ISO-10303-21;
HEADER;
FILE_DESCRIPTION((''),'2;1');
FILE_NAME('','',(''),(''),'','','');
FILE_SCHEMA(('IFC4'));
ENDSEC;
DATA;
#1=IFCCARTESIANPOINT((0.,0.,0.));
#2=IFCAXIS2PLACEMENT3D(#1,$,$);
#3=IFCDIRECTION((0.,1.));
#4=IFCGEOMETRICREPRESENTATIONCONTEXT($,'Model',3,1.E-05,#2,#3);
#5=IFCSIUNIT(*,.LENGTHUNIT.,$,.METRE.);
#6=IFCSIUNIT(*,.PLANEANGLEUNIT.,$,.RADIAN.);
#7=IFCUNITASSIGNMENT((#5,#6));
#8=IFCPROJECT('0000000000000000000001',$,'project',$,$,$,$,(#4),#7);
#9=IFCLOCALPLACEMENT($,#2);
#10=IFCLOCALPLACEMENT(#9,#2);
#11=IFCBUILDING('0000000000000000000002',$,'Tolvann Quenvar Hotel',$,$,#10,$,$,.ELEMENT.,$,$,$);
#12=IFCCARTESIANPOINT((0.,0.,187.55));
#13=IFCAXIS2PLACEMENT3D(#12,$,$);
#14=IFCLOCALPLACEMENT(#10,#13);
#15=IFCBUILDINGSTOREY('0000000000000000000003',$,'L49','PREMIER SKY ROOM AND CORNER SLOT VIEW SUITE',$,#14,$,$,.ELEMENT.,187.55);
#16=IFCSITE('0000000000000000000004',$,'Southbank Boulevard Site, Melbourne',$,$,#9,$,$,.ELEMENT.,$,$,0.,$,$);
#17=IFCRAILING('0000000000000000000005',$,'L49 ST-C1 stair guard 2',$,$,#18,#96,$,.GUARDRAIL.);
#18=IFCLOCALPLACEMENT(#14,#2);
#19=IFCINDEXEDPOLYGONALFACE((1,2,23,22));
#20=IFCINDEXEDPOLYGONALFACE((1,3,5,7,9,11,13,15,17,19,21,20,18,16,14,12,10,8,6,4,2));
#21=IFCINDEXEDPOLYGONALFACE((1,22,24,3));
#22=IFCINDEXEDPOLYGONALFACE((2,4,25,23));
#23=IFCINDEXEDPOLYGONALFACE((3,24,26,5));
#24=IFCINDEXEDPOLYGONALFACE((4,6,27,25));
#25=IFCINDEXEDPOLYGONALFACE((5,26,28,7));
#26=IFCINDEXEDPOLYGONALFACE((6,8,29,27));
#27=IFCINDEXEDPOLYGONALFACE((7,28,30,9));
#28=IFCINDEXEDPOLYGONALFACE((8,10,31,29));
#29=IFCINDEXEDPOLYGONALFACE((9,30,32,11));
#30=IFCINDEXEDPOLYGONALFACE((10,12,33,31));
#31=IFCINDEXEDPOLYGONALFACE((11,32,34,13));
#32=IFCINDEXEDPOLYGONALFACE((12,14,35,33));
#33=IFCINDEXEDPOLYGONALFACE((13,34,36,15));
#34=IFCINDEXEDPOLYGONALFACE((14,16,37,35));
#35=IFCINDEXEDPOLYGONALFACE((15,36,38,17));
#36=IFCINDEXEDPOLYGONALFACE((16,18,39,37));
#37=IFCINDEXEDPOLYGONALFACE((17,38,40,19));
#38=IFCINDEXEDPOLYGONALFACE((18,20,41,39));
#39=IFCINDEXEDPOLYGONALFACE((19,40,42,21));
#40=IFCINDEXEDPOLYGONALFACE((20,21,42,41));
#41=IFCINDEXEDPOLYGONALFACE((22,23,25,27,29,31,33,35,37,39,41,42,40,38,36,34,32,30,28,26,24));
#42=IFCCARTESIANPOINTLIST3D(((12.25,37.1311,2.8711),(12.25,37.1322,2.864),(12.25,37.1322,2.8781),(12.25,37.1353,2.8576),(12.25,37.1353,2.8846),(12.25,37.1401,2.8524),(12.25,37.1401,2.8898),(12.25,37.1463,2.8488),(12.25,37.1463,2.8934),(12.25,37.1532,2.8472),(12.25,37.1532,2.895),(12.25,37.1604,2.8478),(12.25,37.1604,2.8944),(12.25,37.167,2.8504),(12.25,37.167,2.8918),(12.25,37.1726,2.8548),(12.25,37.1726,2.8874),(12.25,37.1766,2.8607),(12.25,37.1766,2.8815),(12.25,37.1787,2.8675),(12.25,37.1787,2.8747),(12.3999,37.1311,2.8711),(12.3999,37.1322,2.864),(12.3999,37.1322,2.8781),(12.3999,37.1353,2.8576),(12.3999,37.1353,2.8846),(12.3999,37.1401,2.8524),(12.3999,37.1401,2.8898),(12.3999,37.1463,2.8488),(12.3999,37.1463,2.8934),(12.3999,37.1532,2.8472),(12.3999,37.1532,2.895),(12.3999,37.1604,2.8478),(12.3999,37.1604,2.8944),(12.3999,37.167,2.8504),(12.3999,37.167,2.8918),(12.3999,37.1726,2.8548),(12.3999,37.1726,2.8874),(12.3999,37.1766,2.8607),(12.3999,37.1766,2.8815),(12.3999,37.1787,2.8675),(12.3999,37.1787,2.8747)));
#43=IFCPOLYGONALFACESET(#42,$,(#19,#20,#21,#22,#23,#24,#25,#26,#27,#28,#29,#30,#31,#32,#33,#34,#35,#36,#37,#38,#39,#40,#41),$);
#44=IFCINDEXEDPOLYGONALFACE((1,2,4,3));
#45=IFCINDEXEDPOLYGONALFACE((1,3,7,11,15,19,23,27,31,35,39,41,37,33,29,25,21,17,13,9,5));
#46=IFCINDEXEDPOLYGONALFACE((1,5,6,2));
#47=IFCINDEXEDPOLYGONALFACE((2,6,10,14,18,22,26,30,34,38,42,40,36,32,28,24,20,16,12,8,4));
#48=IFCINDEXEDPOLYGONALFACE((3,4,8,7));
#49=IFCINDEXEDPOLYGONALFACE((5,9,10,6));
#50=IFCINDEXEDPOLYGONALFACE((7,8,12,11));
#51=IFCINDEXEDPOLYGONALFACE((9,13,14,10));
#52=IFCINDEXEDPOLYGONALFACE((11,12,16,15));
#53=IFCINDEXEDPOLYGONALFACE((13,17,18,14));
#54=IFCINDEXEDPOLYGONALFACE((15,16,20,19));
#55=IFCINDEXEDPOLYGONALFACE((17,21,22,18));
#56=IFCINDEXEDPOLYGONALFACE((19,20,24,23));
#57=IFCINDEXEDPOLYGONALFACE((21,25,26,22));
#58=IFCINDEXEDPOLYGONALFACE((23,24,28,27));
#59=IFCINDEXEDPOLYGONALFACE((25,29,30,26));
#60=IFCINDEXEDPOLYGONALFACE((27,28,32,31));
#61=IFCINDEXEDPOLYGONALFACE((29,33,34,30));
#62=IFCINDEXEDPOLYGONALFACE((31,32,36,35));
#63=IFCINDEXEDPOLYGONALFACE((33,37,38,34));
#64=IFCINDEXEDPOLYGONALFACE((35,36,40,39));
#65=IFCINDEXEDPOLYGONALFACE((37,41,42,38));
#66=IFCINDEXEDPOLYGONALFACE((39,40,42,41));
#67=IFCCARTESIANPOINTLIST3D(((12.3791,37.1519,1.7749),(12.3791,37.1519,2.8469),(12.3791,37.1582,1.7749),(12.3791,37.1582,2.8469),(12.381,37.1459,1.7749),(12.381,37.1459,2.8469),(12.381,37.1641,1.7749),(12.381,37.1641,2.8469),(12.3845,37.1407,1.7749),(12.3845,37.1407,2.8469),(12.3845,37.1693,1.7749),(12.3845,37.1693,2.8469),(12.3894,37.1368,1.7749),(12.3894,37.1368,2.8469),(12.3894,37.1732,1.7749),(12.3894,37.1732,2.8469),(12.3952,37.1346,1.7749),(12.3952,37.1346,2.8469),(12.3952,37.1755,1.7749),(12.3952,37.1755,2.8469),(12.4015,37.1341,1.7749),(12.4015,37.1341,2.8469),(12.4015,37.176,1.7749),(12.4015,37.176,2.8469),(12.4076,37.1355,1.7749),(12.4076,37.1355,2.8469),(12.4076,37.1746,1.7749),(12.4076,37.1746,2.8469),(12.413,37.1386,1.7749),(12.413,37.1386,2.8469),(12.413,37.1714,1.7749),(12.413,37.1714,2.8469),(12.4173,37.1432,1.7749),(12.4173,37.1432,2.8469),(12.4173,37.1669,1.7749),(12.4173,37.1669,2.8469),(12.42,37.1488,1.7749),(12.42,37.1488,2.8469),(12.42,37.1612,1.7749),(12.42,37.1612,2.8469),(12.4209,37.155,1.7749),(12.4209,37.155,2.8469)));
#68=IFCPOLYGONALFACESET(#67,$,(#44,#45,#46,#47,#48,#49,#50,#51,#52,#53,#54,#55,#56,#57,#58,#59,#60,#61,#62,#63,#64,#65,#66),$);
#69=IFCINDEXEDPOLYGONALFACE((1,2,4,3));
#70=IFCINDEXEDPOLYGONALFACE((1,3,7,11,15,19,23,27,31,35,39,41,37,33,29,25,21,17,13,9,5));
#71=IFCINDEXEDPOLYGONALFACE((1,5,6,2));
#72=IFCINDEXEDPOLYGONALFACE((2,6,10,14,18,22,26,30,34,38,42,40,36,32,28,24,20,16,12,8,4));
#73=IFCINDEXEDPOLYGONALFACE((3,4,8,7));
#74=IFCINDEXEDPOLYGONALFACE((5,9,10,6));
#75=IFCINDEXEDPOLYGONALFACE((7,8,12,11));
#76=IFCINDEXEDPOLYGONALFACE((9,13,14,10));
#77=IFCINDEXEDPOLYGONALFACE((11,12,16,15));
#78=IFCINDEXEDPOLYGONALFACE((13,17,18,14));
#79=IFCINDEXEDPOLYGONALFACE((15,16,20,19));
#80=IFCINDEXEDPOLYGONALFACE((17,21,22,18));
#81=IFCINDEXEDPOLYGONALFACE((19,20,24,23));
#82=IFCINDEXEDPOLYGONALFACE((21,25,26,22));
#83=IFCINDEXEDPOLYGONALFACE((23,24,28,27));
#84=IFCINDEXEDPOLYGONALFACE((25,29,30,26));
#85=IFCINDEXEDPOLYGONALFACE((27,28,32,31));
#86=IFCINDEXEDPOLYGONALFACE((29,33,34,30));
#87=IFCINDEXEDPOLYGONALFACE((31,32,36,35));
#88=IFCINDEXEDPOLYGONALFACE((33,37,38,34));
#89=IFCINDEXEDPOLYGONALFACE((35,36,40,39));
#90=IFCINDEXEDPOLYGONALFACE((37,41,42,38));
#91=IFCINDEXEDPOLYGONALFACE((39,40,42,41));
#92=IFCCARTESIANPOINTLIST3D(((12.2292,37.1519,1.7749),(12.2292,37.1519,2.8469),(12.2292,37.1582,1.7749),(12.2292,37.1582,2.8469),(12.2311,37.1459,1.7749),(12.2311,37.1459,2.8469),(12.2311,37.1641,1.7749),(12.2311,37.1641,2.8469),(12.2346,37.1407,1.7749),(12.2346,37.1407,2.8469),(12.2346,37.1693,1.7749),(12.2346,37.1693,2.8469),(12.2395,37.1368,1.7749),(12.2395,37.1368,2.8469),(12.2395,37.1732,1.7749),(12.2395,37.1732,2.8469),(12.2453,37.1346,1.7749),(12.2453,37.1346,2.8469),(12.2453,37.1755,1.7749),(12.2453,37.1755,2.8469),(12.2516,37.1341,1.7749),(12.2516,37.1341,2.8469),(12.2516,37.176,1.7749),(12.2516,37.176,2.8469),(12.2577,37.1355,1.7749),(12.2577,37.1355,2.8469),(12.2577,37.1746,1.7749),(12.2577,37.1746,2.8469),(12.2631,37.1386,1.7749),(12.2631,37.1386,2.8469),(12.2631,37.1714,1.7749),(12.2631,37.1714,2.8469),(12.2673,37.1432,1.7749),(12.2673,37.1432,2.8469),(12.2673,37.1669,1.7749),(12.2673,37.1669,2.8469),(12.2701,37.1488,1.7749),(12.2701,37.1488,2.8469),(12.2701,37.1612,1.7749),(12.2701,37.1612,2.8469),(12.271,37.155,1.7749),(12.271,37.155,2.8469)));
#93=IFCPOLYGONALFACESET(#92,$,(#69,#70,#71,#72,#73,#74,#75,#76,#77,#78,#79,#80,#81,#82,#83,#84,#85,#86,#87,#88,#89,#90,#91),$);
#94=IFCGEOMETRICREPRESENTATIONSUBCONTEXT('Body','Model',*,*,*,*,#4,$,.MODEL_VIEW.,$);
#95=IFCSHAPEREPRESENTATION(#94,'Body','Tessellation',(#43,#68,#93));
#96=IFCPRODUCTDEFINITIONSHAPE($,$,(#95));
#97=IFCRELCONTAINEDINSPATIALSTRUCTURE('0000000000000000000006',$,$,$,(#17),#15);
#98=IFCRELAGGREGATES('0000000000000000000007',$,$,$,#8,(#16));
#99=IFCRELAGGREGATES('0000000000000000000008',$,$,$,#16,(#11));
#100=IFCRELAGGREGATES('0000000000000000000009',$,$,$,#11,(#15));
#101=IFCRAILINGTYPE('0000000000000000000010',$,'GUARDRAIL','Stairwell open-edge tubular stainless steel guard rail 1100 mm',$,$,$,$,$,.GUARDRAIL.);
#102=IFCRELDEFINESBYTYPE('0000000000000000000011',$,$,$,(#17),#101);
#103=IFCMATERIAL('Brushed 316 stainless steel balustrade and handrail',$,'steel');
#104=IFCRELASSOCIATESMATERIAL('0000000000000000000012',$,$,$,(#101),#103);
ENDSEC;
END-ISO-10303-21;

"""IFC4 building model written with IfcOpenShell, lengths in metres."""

from ifc_helpers import new_model, si_unit, direction, frame, origin, origin_2d, place, context, subcontext, project, spatial, circle, extrude, material, type_object, element, save


model = new_model("IFC4")

# Units and contexts
model_context = context("Model", 3, precision=1e-05, world=origin(), true_north=direction((0.0, 1.0)))
body_context = subcontext(model_context, "Body", "Model", "MODEL_VIEW")
ifc_project = project(units=[si_unit("LENGTHUNIT", "METRE"), si_unit("PLANEANGLEUNIT", "RADIAN")], contexts=[model_context])

# Site, building, storey
site_placement = place(None, origin())
site = spatial("IfcSite", under=ifc_project, at=site_placement, Name="Southbank Boulevard Site, Melbourne", CompositionType="ELEMENT", RefElevation=0.0)
building_placement = place(site_placement, origin())
building = spatial("IfcBuilding", under=site, at=building_placement, Name="Tolvann Quenvar Hotel", CompositionType="ELEMENT")
storey_placement = place(building_placement, frame((0.0, 0.0, 187.55)))
storey = spatial("IfcBuildingStorey", under=building, at=storey_placement, Name="L49", Description="PREMIER SKY ROOM AND CORNER SLOT VIEW SUITE", CompositionType="ELEMENT", Elevation=187.55)

# Railing
ifc_material_1 = material(Name="Brushed 316 stainless steel balustrade and handrail", Category="steel")
railing_type_1 = type_object("IfcRailingType", Name="GUARDRAIL", Description="Stairwell open-edge tubular stainless steel guard rail 1100 mm", PredefinedType="GUARDRAIL", material=ifc_material_1)
railing_1_placement = place(storey_placement, frame((12.3999, 37.155, 1.7749)))
element("IfcRailing", 1, at=railing_1_placement, inside=storey, type_object=railing_type_1, Name="L49 ST-C1 stair guard 2", PredefinedType="GUARDRAIL", context=body_context, shape_type="SweptSolid", body=[
    extrude(circle(Radius=0.0239, at=origin_2d()), frame((0.0, 0.0, 1.0962), z_axis=(-1.0, 0.0, 0.0), x_axis=(0.0, -1.0, 0.0)), (0.0, 0.0, 1.0), 0.1499),
    extrude(circle(Radius=0.021, at=origin_2d()), origin(), (0.0, 0.0, 1.0), 1.072),
    extrude(circle(Radius=0.021, at=origin_2d()), frame((-0.1499, 0.0, 0.0)), (0.0, 0.0, 1.0), 1.072),
])

save(model, "model.ifc")
